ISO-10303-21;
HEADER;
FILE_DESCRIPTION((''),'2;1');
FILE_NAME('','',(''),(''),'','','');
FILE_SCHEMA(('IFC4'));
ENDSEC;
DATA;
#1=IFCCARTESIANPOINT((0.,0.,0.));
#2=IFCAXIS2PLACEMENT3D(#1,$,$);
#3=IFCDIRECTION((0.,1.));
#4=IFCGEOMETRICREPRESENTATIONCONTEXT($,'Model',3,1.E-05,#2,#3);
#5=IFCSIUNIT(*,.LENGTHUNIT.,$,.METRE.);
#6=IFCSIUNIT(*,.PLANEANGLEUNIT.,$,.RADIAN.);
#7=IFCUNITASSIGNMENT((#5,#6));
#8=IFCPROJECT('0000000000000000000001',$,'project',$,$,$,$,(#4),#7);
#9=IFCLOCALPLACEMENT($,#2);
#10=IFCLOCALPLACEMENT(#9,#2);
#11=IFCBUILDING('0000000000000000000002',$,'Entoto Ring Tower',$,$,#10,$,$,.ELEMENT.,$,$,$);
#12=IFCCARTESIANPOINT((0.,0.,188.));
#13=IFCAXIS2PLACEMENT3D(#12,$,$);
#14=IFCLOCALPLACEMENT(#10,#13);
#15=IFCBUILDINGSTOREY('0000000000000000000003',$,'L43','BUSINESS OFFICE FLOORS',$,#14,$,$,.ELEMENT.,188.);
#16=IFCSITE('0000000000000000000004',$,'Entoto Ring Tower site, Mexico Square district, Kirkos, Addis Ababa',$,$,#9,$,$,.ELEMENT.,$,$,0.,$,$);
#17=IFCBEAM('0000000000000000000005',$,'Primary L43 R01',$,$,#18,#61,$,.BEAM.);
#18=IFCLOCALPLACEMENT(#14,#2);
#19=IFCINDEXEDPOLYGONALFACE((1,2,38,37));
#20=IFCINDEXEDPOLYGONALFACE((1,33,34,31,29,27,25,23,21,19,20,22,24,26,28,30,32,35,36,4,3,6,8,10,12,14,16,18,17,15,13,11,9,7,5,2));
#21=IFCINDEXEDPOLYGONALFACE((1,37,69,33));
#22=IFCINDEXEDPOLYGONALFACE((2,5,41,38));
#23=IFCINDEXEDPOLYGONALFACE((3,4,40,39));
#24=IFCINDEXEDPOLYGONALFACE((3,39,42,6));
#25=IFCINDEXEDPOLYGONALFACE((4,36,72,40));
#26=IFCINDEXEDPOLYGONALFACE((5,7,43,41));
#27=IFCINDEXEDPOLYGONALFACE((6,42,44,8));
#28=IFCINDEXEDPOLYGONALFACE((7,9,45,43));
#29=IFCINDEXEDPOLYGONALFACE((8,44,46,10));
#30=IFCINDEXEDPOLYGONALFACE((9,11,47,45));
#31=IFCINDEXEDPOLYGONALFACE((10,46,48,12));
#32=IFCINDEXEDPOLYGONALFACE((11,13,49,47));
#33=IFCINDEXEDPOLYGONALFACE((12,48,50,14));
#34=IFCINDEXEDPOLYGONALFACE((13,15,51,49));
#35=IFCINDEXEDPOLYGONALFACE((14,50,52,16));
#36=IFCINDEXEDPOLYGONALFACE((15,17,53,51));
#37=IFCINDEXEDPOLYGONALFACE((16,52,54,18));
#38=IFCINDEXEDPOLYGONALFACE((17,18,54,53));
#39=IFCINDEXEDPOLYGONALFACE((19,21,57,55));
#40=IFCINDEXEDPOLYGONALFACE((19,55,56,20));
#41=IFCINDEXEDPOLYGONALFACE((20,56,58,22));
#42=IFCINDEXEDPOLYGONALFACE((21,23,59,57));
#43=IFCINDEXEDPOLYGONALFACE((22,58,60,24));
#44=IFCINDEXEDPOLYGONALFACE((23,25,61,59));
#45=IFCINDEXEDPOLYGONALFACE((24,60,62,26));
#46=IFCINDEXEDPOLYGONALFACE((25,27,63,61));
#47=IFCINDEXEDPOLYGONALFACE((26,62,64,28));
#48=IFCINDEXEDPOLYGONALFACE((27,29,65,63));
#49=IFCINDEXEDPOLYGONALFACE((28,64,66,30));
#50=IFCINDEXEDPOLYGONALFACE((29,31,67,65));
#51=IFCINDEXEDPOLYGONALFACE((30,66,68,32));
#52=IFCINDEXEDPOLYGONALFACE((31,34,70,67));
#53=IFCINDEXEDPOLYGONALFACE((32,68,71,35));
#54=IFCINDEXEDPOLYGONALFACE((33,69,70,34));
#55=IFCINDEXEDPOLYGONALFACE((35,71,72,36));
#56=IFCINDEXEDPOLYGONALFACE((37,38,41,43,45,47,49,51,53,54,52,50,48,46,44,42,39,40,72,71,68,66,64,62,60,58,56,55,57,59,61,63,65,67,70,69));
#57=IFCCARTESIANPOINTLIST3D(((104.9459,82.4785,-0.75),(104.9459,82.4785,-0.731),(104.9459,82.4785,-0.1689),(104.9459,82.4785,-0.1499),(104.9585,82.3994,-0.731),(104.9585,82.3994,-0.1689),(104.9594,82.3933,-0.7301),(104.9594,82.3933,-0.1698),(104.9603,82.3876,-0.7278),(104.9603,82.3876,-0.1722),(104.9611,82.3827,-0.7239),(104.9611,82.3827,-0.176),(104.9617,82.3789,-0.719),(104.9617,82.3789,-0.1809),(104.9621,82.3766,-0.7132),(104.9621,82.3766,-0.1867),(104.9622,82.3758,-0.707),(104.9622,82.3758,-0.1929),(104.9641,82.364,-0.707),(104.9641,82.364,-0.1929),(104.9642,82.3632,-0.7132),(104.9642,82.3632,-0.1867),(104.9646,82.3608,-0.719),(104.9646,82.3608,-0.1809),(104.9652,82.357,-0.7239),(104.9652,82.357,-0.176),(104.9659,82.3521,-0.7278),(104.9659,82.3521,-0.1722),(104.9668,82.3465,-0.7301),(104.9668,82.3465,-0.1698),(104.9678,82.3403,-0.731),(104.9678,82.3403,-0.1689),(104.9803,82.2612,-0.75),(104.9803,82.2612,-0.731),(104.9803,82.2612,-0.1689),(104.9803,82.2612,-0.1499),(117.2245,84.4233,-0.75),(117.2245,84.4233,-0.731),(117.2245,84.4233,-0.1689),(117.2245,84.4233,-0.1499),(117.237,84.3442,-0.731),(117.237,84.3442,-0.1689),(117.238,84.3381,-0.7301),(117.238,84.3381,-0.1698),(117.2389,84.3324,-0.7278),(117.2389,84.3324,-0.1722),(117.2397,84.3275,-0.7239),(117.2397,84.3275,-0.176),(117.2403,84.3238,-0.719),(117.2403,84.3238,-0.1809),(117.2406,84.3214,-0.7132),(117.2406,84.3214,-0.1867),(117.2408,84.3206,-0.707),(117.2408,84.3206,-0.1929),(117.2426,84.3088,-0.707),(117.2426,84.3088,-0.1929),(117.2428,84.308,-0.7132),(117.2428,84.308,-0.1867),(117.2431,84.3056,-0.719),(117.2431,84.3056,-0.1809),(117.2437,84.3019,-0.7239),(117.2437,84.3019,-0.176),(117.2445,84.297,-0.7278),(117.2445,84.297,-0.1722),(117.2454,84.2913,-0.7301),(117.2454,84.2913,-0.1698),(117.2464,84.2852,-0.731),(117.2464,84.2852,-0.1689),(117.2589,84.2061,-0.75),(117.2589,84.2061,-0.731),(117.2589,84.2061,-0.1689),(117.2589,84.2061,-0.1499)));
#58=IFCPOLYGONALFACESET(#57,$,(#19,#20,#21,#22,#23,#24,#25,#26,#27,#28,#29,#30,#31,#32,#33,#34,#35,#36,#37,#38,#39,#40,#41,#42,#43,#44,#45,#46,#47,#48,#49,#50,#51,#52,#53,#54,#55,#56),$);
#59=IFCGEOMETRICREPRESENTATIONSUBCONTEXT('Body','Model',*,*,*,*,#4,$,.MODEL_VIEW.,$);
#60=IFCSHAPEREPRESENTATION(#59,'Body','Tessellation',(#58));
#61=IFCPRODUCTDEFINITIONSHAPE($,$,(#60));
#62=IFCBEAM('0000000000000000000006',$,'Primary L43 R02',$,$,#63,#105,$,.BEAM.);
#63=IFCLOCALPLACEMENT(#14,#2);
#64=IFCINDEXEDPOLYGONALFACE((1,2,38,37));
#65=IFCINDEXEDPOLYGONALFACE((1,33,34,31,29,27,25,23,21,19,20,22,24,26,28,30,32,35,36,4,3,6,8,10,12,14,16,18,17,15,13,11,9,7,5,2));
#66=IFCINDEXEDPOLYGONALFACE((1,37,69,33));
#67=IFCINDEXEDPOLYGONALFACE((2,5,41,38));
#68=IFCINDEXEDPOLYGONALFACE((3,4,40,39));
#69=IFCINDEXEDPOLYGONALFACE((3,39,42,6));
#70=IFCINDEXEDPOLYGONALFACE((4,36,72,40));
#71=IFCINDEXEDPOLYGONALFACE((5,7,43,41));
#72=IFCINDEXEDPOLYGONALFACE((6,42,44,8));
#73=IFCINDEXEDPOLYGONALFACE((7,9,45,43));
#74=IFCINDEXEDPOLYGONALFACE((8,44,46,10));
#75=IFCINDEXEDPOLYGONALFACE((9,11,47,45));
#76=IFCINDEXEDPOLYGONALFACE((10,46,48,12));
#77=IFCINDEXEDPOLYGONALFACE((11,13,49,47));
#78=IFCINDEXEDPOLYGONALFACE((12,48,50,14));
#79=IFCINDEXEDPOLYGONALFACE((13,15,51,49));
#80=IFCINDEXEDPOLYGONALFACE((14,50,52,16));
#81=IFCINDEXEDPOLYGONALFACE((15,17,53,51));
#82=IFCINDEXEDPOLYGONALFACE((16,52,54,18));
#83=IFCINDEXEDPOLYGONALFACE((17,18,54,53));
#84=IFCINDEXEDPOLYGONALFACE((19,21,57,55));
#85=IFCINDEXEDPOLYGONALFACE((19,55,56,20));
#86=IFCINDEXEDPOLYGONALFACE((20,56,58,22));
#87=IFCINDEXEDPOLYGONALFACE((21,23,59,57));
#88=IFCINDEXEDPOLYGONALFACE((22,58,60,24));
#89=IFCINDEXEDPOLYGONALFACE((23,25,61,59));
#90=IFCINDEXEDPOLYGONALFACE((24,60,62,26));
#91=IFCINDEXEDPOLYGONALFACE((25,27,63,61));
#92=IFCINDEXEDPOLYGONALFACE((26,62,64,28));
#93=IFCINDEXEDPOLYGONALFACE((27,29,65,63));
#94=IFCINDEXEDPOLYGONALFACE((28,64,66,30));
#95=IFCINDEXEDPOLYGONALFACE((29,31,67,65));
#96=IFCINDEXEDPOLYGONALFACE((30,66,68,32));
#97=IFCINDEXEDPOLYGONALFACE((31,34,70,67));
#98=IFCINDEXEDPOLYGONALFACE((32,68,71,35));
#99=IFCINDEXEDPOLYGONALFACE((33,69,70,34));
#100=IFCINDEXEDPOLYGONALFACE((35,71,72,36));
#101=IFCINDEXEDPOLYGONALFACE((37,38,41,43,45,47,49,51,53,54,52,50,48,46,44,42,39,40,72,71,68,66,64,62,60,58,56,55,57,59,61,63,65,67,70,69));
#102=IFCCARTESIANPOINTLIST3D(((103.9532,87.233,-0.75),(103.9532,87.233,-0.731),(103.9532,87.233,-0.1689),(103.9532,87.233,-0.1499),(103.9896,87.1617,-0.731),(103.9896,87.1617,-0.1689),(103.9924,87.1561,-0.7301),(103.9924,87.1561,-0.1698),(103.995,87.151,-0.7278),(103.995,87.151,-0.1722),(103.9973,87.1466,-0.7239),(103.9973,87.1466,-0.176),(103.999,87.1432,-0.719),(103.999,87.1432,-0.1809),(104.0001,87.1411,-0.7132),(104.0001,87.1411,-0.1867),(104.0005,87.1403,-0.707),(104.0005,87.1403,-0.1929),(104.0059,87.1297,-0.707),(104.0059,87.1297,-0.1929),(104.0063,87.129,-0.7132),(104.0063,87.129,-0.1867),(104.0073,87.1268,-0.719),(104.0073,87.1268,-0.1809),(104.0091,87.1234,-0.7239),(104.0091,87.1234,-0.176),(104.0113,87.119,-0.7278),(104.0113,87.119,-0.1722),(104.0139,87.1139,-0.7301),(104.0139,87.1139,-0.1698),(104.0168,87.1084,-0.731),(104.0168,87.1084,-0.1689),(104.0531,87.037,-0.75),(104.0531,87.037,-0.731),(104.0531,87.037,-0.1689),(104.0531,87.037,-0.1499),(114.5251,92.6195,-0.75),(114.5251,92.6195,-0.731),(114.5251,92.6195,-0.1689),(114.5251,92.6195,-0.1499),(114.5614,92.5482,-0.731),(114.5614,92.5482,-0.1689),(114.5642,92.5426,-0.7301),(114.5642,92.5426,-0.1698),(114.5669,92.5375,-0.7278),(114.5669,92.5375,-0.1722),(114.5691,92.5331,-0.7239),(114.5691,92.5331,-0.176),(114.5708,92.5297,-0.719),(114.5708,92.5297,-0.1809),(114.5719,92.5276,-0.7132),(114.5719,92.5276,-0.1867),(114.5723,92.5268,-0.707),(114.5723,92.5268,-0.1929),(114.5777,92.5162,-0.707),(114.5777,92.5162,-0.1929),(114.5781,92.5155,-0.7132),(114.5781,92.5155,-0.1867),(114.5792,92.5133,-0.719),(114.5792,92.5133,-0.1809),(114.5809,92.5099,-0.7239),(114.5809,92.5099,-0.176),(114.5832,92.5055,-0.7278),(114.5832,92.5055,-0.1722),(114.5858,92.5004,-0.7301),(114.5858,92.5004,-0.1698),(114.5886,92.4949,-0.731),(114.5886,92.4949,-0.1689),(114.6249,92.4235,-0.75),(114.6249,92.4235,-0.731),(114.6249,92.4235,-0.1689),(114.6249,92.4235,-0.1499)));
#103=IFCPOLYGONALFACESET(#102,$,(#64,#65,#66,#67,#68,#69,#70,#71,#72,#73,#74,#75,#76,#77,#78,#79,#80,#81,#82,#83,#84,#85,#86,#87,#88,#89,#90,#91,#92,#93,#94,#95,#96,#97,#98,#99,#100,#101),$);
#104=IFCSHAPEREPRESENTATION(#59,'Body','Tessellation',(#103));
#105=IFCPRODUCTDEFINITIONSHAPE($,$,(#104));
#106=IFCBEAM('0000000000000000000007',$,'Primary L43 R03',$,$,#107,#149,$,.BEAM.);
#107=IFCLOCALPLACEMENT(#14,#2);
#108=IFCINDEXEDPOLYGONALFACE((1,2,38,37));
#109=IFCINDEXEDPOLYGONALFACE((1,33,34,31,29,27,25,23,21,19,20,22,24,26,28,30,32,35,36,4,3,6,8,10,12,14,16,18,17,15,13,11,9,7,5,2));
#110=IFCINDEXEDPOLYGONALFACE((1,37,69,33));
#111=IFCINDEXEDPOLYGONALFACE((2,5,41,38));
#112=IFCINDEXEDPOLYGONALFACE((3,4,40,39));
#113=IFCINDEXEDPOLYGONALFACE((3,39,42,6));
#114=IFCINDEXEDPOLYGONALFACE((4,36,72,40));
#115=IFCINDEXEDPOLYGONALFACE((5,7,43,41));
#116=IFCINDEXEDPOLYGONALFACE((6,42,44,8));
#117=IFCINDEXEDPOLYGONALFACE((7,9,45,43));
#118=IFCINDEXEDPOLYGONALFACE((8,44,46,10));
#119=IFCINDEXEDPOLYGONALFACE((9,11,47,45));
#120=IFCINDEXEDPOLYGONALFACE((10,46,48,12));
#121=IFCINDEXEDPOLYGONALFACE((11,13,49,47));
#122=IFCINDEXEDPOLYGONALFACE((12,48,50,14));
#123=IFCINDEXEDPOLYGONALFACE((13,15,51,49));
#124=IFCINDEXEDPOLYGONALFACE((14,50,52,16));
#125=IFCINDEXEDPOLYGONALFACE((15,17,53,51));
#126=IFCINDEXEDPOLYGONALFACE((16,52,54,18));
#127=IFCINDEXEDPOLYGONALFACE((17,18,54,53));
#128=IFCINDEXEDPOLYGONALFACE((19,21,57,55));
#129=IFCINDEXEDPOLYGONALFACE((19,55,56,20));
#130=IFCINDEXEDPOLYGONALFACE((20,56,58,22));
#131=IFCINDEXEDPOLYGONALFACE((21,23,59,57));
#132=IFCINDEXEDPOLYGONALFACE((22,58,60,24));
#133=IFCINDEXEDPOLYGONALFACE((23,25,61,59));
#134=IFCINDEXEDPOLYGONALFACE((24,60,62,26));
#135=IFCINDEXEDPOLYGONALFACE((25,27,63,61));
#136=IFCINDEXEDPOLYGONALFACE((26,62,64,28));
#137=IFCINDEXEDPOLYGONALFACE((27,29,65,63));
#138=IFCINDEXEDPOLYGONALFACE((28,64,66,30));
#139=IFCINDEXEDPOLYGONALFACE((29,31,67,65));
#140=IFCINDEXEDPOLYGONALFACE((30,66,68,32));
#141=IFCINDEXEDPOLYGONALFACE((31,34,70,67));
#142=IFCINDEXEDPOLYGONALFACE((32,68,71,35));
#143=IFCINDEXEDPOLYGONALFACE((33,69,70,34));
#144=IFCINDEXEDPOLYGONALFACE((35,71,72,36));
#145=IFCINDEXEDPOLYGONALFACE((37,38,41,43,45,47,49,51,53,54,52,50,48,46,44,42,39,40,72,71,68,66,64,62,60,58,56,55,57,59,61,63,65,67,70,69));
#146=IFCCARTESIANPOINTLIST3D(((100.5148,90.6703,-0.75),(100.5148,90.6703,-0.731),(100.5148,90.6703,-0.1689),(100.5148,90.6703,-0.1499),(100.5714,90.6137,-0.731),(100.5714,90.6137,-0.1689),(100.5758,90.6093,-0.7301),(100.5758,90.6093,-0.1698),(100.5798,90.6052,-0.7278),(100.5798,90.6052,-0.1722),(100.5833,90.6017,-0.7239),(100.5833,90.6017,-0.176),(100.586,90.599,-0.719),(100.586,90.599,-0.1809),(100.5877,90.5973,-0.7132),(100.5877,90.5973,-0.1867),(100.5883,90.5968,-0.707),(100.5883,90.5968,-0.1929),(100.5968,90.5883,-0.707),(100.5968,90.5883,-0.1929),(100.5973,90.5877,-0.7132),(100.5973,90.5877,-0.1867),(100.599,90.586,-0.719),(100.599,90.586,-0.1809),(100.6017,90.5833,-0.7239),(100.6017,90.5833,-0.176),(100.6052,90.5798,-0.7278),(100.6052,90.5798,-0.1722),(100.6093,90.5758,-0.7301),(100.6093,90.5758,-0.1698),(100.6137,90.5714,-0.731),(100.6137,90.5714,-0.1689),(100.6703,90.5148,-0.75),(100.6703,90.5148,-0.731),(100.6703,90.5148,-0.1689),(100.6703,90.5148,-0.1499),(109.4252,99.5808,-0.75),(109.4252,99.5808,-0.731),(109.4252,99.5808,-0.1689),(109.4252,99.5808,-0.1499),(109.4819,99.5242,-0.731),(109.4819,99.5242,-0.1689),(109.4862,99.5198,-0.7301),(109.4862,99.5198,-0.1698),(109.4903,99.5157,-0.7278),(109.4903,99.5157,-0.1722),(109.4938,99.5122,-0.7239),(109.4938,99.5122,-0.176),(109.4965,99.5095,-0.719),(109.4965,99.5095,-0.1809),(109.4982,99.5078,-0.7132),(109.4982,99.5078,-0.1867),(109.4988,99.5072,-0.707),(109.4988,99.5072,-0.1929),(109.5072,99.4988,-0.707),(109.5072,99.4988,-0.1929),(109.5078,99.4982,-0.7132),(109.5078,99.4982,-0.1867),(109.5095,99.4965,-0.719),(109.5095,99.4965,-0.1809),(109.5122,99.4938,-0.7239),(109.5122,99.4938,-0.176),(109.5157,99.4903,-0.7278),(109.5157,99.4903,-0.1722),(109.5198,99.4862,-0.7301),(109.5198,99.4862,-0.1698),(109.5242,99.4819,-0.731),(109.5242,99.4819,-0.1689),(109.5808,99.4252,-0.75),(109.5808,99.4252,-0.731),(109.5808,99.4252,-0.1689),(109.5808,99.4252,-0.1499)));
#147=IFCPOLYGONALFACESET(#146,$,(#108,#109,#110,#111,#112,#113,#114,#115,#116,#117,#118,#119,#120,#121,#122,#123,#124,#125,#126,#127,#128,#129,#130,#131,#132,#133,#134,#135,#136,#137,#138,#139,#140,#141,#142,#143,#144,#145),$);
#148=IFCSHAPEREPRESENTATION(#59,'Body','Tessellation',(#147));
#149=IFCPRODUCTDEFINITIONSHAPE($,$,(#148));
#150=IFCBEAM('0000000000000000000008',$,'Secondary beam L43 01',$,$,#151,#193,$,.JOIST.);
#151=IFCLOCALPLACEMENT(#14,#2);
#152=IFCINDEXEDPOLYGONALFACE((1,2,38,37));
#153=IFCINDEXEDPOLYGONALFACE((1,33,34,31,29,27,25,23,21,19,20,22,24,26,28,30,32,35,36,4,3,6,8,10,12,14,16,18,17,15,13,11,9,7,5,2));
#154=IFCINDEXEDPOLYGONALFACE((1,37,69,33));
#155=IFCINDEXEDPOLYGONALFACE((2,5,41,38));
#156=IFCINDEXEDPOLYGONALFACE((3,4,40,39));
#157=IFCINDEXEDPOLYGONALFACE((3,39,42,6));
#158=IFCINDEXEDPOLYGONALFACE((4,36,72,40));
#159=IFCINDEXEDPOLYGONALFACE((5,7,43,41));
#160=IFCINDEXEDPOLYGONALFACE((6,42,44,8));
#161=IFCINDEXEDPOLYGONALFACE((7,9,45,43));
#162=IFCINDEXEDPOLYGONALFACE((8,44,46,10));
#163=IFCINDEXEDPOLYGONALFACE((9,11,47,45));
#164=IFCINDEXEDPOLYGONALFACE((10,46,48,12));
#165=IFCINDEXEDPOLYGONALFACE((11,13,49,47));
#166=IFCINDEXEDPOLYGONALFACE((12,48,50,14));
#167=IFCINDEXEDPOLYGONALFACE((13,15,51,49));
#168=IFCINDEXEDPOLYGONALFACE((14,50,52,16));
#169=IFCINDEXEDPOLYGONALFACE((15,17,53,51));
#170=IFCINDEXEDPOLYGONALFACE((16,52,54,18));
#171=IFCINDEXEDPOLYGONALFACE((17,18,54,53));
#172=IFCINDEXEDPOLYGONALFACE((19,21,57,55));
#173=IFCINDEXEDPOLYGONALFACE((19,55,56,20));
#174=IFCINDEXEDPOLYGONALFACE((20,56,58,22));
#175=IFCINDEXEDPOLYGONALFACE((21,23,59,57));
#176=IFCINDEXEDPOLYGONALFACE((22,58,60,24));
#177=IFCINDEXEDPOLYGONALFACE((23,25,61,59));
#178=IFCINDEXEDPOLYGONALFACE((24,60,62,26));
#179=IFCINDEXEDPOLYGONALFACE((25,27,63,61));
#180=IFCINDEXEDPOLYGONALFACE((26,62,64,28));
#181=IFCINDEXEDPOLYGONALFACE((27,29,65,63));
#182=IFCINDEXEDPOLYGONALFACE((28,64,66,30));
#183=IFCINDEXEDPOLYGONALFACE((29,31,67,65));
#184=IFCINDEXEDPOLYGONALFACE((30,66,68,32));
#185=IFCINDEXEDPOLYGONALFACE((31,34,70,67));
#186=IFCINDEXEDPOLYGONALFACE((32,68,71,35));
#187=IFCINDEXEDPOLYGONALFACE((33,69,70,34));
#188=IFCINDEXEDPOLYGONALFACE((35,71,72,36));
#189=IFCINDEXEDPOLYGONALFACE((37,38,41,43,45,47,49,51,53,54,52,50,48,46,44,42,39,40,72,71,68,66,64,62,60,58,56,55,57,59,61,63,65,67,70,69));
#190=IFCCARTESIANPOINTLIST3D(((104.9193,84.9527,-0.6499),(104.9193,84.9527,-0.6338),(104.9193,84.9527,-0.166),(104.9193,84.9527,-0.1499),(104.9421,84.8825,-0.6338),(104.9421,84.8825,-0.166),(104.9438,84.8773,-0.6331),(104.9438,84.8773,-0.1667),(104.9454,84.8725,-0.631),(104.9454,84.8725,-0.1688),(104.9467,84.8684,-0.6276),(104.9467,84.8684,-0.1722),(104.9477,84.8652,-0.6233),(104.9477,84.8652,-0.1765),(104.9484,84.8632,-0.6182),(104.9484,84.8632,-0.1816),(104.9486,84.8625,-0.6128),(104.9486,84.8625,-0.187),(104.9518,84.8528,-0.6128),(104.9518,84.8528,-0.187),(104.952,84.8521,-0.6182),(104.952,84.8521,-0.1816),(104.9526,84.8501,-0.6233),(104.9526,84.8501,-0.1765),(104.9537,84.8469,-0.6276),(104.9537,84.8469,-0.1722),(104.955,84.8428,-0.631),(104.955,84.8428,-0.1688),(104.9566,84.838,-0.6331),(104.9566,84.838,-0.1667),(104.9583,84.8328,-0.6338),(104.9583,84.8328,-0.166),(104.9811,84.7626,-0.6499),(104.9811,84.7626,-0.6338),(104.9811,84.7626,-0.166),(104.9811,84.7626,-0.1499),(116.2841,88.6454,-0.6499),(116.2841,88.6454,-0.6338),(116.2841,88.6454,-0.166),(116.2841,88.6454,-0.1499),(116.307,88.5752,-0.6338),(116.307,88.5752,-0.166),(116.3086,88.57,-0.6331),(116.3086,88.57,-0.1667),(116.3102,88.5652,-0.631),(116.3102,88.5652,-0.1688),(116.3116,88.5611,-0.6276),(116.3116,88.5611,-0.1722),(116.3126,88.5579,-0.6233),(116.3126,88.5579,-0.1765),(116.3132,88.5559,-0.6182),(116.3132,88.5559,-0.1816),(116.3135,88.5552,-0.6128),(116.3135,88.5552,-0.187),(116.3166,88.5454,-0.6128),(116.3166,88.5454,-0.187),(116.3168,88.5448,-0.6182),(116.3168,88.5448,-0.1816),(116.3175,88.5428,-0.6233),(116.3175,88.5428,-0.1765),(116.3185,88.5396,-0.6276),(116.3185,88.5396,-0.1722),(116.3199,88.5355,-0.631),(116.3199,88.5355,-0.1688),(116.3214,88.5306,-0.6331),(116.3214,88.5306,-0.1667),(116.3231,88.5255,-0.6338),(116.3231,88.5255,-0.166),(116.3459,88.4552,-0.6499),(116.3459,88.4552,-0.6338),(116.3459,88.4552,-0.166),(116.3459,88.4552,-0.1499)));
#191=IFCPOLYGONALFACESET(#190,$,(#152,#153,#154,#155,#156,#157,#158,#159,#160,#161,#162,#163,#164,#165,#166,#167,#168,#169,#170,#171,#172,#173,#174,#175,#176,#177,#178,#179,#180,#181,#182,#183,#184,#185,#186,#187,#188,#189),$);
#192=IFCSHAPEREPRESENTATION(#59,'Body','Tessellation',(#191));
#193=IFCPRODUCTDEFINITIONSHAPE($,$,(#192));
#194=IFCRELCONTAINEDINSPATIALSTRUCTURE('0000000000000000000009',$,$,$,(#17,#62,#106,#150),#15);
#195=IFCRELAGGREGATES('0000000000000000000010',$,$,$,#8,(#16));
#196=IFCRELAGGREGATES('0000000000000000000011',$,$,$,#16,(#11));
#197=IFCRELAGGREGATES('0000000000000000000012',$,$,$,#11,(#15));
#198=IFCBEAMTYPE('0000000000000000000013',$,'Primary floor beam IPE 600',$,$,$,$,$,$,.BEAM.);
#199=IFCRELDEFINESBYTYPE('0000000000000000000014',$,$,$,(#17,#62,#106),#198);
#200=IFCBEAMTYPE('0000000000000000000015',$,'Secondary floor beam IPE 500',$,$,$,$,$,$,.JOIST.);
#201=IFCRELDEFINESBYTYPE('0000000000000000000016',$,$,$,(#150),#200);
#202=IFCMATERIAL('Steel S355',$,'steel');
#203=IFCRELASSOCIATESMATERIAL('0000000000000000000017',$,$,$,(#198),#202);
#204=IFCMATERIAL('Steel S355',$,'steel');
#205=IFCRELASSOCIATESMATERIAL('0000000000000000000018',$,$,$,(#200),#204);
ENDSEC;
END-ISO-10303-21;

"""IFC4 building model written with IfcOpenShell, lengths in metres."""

from ifc_helpers import new_model, si_unit, direction, frame, origin, origin_2d, place, context, subcontext, project, spatial, i_section, extrude, material, material_profile, profile_set, type_object, element, save


model = new_model("IFC4")

# Units and contexts
model_context = context("Model", 3, precision=1e-05, world=origin(), true_north=direction((0.0, 1.0)))
body_context = subcontext(model_context, "Body", "Model", "MODEL_VIEW")
ifc_project = project(units=[si_unit("LENGTHUNIT", "METRE"), si_unit("PLANEANGLEUNIT", "RADIAN")], contexts=[model_context])

# Site, building, storey
site_placement = place(None, origin())
site = spatial("IfcSite", under=ifc_project, at=site_placement, Name="Entoto Ring Tower site, Mexico Square district, Kirkos, Addis Ababa", CompositionType="ELEMENT", RefElevation=0.0)
building_placement = place(site_placement, origin())
building = spatial("IfcBuilding", under=site, at=building_placement, Name="Entoto Ring Tower", CompositionType="ELEMENT")
storey_placement = place(building_placement, frame((0.0, 0.0, 188.0)))
storey = spatial("IfcBuildingStorey", under=building, at=storey_placement, Name="L43", Description="BUSINESS OFFICE FLOORS", CompositionType="ELEMENT", Elevation=188.0)

# Beams
ifc_material_1 = material(Name="Steel S355", Category="steel")
ifc_material_profile_1 = material_profile(ifc_material_1, i_section(OverallWidth=0.22, OverallDepth=0.6001, WebThickness=0.012, FlangeThickness=0.019, FilletRadius=0.0239, at=origin_2d()), Name="IPE 600")
ifc_profile_set_1 = profile_set([ifc_material_profile_1], Name="Steel S355")
beam_type_1 = type_object("IfcBeamType", Name="Primary floor beam IPE 600", PredefinedType="BEAM", material=ifc_profile_set_1)
beam_1_placement = place(storey_placement, frame((104.9631, 82.3699, -0.45), z_axis=(0.987687, 0.156442, 0.0), x_axis=(-0.156442, 0.987687, 0.0)))
element("IfcBeam", 1, at=beam_1_placement, inside=storey, type_object=beam_type_1, Name="Primary L43 R01", PredefinedType="BEAM", context=body_context, shape_type="SweptSolid", body=[
    extrude(i_section(OverallWidth=0.22, OverallDepth=0.6001, WebThickness=0.012, FlangeThickness=0.019, FilletRadius=0.0239, at=origin_2d()), origin(), (0.0, 0.0, 1.0), 12.4316),
])
beam_2_placement = place(storey_placement, frame((104.0032, 87.135, -0.45), z_axis=(0.89101, 0.453983, 0.0), x_axis=(-0.453983, 0.89101, 0.0)))
element("IfcBeam", 2, at=beam_2_placement, inside=storey, type_object=beam_type_1, Name="Primary L43 R02", PredefinedType="BEAM", context=body_context, shape_type="SweptSolid", body=[
    extrude(i_section(OverallWidth=0.22, OverallDepth=0.6001, WebThickness=0.012, FlangeThickness=0.019, FilletRadius=0.0239, at=origin_2d()), origin(), (0.0, 0.0, 1.0), 11.865),
])
beam_3_placement = place(storey_placement, frame((100.5925, 90.5925, -0.45), z_axis=(0.707107, 0.707107, 0.0), x_axis=(-0.707107, 0.707107, 0.0)))
element("IfcBeam", 3, at=beam_3_placement, inside=storey, type_object=beam_type_1, Name="Primary L43 R03", PredefinedType="BEAM", context=body_context, shape_type="SweptSolid", body=[
    extrude(i_section(OverallWidth=0.22, OverallDepth=0.6001, WebThickness=0.012, FlangeThickness=0.019, FilletRadius=0.0239, at=origin_2d()), origin(), (0.0, 0.0, 1.0), 12.6013),
])
ifc_material_2 = material(Name="Steel S355", Category="steel")
ifc_material_profile_2 = material_profile(ifc_material_2, i_section(OverallWidth=0.2, OverallDepth=0.5, WebThickness=0.0103, FlangeThickness=0.0161, FilletRadius=0.021, at=origin_2d()), Name="IPE 500")
ifc_profile_set_2 = profile_set([ifc_material_profile_2], Name="Steel S355")
beam_type_2 = type_object("IfcBeamType", Name="Secondary floor beam IPE 500", PredefinedType="JOIST", material=ifc_profile_set_2)
beam_4_placement = place(storey_placement, frame((104.9502, 84.8577, -0.3999), z_axis=(0.951057, 0.309017, 0.0), x_axis=(-0.309017, 0.951057, 0.0)))
element("IfcBeam", 4, at=beam_4_placement, inside=storey, type_object=beam_type_2, Name="Secondary beam L43 01", PredefinedType="JOIST", context=body_context, shape_type="SweptSolid", body=[
    extrude(i_section(OverallWidth=0.2, OverallDepth=0.5, WebThickness=0.0103, FlangeThickness=0.0161, FilletRadius=0.021, at=origin_2d()), origin(), (0.0, 0.0, 1.0), 11.9497),
])

save(model, "model.ifc")
